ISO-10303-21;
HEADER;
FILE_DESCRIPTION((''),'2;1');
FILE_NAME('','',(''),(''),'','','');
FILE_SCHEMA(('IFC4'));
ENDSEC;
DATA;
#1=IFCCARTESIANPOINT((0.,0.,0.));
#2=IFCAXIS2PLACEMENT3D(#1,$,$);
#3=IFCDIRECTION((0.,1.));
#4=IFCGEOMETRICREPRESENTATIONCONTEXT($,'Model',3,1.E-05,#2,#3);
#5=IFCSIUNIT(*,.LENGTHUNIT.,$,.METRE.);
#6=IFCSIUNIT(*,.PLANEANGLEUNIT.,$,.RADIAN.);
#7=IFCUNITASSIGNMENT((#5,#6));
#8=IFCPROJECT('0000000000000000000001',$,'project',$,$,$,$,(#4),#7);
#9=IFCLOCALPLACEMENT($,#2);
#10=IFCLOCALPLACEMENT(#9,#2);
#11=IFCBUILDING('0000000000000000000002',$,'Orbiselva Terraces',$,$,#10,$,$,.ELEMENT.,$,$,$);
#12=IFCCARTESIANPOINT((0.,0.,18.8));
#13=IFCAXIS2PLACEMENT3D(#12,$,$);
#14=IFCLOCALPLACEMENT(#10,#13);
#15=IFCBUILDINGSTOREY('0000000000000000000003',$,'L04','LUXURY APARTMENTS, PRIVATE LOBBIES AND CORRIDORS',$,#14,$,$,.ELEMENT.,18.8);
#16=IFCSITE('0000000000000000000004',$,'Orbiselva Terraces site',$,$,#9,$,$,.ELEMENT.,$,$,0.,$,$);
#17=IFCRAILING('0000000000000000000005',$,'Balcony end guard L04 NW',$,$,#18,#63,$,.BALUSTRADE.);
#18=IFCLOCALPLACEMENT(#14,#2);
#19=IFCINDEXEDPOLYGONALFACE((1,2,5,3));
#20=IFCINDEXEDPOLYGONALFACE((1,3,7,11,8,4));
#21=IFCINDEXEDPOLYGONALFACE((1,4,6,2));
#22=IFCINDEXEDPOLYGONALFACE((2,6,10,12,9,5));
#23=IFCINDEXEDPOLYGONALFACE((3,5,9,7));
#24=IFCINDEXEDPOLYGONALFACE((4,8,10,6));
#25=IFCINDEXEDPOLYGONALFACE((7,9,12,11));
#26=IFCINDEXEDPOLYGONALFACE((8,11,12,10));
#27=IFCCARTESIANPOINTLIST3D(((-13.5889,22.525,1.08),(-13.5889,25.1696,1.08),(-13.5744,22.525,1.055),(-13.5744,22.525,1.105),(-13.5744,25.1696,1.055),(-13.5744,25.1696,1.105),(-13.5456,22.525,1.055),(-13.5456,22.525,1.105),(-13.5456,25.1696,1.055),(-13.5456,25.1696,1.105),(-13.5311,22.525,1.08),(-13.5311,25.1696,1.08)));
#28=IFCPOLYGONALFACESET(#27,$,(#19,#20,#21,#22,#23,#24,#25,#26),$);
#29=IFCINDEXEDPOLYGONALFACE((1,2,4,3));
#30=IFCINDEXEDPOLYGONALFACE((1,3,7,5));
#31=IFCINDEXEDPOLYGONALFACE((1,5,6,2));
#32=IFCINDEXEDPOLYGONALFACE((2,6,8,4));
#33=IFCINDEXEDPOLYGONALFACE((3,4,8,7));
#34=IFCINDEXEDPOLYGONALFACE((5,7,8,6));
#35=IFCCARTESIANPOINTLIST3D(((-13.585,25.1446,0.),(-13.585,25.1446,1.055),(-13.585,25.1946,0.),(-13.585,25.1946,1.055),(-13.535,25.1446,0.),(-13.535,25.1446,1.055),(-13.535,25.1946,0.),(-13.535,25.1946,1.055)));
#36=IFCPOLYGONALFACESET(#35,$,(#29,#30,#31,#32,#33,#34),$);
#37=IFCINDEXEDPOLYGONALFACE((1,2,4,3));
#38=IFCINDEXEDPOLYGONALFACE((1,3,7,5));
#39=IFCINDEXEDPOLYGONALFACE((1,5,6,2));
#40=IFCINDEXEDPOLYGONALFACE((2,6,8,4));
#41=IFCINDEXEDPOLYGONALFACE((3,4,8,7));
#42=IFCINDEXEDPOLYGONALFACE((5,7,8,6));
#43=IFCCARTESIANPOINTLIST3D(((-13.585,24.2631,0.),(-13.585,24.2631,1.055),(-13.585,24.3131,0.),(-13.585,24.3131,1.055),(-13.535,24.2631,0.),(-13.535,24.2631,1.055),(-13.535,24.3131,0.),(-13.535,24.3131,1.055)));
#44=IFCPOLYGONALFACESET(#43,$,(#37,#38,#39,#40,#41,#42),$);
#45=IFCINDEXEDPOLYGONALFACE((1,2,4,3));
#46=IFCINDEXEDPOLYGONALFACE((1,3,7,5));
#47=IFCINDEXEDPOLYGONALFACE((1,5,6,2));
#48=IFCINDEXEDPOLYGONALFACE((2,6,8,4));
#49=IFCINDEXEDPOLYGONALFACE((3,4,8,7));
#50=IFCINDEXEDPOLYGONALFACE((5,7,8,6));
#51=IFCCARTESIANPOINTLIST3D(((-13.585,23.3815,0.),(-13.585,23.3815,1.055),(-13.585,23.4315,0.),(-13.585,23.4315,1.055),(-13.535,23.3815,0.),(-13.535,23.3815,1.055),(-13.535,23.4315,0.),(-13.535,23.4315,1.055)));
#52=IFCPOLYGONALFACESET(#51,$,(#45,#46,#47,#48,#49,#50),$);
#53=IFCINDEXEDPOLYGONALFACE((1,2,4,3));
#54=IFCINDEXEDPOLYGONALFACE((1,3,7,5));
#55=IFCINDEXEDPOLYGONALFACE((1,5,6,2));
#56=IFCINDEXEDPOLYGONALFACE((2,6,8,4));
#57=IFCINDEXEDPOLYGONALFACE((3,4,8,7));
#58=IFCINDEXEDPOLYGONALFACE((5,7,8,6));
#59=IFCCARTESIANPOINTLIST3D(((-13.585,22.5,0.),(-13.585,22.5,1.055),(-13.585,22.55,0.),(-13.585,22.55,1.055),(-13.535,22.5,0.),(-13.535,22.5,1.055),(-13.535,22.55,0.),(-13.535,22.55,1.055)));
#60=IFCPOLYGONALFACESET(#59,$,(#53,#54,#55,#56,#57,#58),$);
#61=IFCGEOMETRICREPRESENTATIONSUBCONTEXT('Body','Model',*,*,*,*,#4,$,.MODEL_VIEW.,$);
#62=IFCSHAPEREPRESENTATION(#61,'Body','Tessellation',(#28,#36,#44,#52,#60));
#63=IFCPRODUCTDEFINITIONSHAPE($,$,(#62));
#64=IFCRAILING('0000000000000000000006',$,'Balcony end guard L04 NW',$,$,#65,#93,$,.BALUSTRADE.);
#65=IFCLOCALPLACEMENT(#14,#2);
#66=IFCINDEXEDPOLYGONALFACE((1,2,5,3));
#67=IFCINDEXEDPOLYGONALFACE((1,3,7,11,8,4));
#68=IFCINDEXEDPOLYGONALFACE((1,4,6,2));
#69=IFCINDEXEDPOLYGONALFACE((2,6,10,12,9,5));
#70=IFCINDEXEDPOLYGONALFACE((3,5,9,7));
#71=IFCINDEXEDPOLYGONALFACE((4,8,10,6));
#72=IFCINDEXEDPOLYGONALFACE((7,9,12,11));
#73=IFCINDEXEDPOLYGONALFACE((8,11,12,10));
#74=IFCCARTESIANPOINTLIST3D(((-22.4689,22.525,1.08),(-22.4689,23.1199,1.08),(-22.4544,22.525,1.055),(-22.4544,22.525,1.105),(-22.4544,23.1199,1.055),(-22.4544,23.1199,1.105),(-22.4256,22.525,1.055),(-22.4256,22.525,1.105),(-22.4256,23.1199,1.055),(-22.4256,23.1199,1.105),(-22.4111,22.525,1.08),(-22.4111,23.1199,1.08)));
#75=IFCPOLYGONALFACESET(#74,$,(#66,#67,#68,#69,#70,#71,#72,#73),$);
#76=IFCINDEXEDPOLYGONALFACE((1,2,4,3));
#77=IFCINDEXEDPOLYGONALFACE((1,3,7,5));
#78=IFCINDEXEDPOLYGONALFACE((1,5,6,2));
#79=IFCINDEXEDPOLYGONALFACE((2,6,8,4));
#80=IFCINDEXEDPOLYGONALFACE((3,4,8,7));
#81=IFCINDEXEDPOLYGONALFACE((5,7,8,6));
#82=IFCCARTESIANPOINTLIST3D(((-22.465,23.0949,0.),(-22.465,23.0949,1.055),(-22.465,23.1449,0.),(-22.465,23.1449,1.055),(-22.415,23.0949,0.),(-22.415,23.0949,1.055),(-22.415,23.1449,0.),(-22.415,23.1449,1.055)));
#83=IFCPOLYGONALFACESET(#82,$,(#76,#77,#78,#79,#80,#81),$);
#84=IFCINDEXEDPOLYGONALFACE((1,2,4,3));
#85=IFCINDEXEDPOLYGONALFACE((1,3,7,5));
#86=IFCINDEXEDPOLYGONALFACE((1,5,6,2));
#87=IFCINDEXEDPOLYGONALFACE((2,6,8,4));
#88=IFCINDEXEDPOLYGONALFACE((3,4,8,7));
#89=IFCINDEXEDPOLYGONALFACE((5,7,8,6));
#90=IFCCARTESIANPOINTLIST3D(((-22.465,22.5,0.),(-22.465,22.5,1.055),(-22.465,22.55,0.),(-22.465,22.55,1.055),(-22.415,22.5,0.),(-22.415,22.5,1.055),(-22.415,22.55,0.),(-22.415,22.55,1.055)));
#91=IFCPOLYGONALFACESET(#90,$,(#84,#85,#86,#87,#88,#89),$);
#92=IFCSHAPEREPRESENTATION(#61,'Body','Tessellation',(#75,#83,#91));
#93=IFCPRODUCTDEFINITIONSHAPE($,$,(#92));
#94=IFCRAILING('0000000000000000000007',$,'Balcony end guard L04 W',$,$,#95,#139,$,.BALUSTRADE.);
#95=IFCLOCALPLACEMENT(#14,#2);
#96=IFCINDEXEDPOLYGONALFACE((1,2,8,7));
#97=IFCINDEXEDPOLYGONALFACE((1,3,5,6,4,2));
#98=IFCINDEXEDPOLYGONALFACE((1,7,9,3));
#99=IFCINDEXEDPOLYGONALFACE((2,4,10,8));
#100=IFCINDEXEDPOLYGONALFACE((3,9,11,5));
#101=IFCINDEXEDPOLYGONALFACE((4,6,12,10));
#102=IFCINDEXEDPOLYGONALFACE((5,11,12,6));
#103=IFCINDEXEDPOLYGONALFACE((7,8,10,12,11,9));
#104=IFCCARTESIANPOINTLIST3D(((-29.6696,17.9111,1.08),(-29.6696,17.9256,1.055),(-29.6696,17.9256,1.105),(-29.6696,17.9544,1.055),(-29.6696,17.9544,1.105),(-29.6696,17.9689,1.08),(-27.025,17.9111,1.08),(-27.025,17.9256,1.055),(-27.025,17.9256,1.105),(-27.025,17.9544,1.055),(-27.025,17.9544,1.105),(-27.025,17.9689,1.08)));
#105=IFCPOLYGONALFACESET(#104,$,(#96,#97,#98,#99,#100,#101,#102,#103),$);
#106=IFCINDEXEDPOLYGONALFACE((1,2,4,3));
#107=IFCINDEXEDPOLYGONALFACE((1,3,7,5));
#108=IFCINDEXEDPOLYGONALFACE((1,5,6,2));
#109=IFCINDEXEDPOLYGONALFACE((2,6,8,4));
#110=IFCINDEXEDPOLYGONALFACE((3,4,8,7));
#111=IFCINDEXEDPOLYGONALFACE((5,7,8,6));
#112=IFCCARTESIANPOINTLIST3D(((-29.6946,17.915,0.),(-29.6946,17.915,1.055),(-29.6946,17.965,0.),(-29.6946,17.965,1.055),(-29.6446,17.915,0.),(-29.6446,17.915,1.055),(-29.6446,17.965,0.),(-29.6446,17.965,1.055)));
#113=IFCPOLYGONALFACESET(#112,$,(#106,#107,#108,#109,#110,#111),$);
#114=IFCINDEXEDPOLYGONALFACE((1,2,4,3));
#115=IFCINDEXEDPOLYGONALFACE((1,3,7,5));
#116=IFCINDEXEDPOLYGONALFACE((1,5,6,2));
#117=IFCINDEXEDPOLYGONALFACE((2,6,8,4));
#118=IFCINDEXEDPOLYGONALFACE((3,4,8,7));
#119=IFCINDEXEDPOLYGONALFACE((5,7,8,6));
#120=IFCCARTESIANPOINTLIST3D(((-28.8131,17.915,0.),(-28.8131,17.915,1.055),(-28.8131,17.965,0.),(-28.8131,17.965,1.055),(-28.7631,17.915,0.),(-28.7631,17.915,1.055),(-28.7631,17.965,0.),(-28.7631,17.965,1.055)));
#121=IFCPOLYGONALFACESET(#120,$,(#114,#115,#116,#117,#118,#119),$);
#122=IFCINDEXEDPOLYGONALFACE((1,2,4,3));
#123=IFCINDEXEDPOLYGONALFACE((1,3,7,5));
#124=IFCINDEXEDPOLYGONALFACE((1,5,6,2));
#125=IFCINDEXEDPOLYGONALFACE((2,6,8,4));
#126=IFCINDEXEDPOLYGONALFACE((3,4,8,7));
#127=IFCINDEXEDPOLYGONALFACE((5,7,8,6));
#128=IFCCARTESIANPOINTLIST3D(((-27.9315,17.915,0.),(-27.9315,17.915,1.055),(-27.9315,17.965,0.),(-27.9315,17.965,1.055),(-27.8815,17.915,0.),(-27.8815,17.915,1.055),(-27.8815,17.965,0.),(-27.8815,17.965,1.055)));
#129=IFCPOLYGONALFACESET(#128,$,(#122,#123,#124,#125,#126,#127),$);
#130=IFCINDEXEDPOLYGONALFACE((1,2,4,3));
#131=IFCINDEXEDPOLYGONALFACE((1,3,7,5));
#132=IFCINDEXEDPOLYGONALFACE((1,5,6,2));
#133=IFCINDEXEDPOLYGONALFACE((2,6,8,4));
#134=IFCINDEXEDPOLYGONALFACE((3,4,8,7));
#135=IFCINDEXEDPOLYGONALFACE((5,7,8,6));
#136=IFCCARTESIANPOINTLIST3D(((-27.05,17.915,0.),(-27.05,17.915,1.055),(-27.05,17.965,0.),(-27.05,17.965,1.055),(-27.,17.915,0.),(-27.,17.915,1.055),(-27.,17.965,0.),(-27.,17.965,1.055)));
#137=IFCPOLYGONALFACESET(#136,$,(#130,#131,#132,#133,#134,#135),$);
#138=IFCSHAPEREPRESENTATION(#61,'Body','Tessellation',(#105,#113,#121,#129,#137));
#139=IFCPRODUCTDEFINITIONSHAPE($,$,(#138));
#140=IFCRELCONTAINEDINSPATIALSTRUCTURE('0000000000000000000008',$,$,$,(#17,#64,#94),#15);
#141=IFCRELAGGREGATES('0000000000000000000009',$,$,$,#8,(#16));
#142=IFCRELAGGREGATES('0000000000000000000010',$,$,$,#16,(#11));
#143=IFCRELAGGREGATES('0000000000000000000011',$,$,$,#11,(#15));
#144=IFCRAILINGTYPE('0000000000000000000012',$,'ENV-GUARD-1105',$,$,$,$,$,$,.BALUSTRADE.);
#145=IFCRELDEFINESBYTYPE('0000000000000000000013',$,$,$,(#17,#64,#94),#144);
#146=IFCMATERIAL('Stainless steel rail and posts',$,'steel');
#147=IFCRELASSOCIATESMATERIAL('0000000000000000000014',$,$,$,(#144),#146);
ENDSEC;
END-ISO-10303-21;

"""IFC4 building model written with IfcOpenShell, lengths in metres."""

from ifc_helpers import new_model, si_unit, direction, frame, origin, origin_2d, place, context, subcontext, project, spatial, polyline, rectangle, outline, extrude, material, type_object, element, save


model = new_model("IFC4")

# Units and contexts
model_context = context("Model", 3, precision=1e-05, world=origin(), true_north=direction((0.0, 1.0)))
body_context = subcontext(model_context, "Body", "Model", "MODEL_VIEW")
ifc_project = project(units=[si_unit("LENGTHUNIT", "METRE"), si_unit("PLANEANGLEUNIT", "RADIAN")], contexts=[model_context])

# Site, building, storey
site_placement = place(None, origin())
site = spatial("IfcSite", under=ifc_project, at=site_placement, Name="Orbiselva Terraces site", CompositionType="ELEMENT", RefElevation=0.0)
building_placement = place(site_placement, origin())
building = spatial("IfcBuilding", under=site, at=building_placement, Name="Orbiselva Terraces", CompositionType="ELEMENT")
storey_placement = place(building_placement, frame((0.0, 0.0, 18.8)))
storey = spatial("IfcBuildingStorey", under=building, at=storey_placement, Name="L04", Description="LUXURY APARTMENTS, PRIVATE LOBBIES AND CORRIDORS", CompositionType="ELEMENT", Elevation=18.8)

# Railings
ifc_material_1 = material(Name="Stainless steel rail and posts", Category="steel")
railing_type_1 = type_object("IfcRailingType", Name="ENV-GUARD-1105", PredefinedType="BALUSTRADE", material=ifc_material_1)
railing_1_placement = place(storey_placement, frame((-13.56, 25.1696, 0.0)))
element("IfcRailing", 1, at=railing_1_placement, inside=storey, type_object=railing_type_1, Name="Balcony end guard L04 NW", PredefinedType="BALUSTRADE", context=body_context, shape_type="SweptSolid", body=[
    extrude(outline(polyline([(0.0289, 0.0), (0.0144, 0.025), (-0.0144, 0.025), (-0.0289, 0.0), (-0.0144, -0.025), (0.0144, -0.025), (0.0289, 0.0)])), frame((0.0, 0.0, 1.08), z_axis=(0.0, -1.0, 0.0), x_axis=(1.0, 0.0, 0.0)), (0.0, 0.0, 1.0), 2.6446),
    extrude(rectangle(XDim=0.05, YDim=0.05, at=origin_2d()), origin(), (0.0, 0.0, 1.0), 1.055),
    extrude(rectangle(XDim=0.05, YDim=0.05, at=origin_2d()), frame((0.0, -0.8815, 0.0)), (0.0, 0.0, 1.0), 1.055),
    extrude(rectangle(XDim=0.05, YDim=0.05, at=origin_2d()), frame((0.0, -1.7631, 0.0)), (0.0, 0.0, 1.0), 1.055),
    extrude(rectangle(XDim=0.05, YDim=0.05, at=origin_2d()), frame((0.0, -2.6446, 0.0)), (0.0, 0.0, 1.0), 1.055),
])
railing_2_placement = place(storey_placement, frame((-22.44, 23.1199, 0.0)))
element("IfcRailing", 2, at=railing_2_placement, inside=storey, type_object=railing_type_1, Name="Balcony end guard L04 NW", PredefinedType="BALUSTRADE", context=body_context, shape_type="SweptSolid", body=[
    extrude(outline(polyline([(0.0289, 0.0), (0.0144, 0.025), (-0.0144, 0.025), (-0.0289, 0.0), (-0.0144, -0.025), (0.0144, -0.025), (0.0289, 0.0)])), frame((0.0, 0.0, 1.08), z_axis=(0.0, -1.0, 0.0), x_axis=(1.0, 0.0, 0.0)), (0.0, 0.0, 1.0), 0.5949),
    extrude(rectangle(XDim=0.05, YDim=0.05, at=origin_2d()), origin(), (0.0, 0.0, 1.0), 1.055),
    extrude(rectangle(XDim=0.05, YDim=0.05, at=origin_2d()), frame((0.0, -0.5949, 0.0)), (0.0, 0.0, 1.0), 1.055),
])
railing_3_placement = place(storey_placement, frame((-29.6696, 17.94, 0.0)))
element("IfcRailing", 3, at=railing_3_placement, inside=storey, type_object=railing_type_1, Name="Balcony end guard L04 W", PredefinedType="BALUSTRADE", context=body_context, shape_type="SweptSolid", body=[
    extrude(outline(polyline([(0.0289, 0.0), (0.0144, 0.025), (-0.0144, 0.025), (-0.0289, 0.0), (-0.0144, -0.025), (0.0144, -0.025), (0.0289, 0.0)])), frame((0.0, 0.0, 1.08), z_axis=(1.0, 0.0, 0.0), x_axis=(0.0, 1.0, 0.0)), (0.0, 0.0, 1.0), 2.6446),
    extrude(rectangle(XDim=0.05, YDim=0.05, at=origin_2d()), origin(), (0.0, 0.0, 1.0), 1.055),
    extrude(rectangle(XDim=0.05, YDim=0.05, at=origin_2d()), frame((0.8815, 0.0, 0.0)), (0.0, 0.0, 1.0), 1.055),
    extrude(rectangle(XDim=0.05, YDim=0.05, at=origin_2d()), frame((1.7631, 0.0, 0.0)), (0.0, 0.0, 1.0), 1.055),
    extrude(rectangle(XDim=0.05, YDim=0.05, at=origin_2d()), frame((2.6446, 0.0, 0.0)), (0.0, 0.0, 1.0), 1.055),
])

save(model, "model.ifc")
